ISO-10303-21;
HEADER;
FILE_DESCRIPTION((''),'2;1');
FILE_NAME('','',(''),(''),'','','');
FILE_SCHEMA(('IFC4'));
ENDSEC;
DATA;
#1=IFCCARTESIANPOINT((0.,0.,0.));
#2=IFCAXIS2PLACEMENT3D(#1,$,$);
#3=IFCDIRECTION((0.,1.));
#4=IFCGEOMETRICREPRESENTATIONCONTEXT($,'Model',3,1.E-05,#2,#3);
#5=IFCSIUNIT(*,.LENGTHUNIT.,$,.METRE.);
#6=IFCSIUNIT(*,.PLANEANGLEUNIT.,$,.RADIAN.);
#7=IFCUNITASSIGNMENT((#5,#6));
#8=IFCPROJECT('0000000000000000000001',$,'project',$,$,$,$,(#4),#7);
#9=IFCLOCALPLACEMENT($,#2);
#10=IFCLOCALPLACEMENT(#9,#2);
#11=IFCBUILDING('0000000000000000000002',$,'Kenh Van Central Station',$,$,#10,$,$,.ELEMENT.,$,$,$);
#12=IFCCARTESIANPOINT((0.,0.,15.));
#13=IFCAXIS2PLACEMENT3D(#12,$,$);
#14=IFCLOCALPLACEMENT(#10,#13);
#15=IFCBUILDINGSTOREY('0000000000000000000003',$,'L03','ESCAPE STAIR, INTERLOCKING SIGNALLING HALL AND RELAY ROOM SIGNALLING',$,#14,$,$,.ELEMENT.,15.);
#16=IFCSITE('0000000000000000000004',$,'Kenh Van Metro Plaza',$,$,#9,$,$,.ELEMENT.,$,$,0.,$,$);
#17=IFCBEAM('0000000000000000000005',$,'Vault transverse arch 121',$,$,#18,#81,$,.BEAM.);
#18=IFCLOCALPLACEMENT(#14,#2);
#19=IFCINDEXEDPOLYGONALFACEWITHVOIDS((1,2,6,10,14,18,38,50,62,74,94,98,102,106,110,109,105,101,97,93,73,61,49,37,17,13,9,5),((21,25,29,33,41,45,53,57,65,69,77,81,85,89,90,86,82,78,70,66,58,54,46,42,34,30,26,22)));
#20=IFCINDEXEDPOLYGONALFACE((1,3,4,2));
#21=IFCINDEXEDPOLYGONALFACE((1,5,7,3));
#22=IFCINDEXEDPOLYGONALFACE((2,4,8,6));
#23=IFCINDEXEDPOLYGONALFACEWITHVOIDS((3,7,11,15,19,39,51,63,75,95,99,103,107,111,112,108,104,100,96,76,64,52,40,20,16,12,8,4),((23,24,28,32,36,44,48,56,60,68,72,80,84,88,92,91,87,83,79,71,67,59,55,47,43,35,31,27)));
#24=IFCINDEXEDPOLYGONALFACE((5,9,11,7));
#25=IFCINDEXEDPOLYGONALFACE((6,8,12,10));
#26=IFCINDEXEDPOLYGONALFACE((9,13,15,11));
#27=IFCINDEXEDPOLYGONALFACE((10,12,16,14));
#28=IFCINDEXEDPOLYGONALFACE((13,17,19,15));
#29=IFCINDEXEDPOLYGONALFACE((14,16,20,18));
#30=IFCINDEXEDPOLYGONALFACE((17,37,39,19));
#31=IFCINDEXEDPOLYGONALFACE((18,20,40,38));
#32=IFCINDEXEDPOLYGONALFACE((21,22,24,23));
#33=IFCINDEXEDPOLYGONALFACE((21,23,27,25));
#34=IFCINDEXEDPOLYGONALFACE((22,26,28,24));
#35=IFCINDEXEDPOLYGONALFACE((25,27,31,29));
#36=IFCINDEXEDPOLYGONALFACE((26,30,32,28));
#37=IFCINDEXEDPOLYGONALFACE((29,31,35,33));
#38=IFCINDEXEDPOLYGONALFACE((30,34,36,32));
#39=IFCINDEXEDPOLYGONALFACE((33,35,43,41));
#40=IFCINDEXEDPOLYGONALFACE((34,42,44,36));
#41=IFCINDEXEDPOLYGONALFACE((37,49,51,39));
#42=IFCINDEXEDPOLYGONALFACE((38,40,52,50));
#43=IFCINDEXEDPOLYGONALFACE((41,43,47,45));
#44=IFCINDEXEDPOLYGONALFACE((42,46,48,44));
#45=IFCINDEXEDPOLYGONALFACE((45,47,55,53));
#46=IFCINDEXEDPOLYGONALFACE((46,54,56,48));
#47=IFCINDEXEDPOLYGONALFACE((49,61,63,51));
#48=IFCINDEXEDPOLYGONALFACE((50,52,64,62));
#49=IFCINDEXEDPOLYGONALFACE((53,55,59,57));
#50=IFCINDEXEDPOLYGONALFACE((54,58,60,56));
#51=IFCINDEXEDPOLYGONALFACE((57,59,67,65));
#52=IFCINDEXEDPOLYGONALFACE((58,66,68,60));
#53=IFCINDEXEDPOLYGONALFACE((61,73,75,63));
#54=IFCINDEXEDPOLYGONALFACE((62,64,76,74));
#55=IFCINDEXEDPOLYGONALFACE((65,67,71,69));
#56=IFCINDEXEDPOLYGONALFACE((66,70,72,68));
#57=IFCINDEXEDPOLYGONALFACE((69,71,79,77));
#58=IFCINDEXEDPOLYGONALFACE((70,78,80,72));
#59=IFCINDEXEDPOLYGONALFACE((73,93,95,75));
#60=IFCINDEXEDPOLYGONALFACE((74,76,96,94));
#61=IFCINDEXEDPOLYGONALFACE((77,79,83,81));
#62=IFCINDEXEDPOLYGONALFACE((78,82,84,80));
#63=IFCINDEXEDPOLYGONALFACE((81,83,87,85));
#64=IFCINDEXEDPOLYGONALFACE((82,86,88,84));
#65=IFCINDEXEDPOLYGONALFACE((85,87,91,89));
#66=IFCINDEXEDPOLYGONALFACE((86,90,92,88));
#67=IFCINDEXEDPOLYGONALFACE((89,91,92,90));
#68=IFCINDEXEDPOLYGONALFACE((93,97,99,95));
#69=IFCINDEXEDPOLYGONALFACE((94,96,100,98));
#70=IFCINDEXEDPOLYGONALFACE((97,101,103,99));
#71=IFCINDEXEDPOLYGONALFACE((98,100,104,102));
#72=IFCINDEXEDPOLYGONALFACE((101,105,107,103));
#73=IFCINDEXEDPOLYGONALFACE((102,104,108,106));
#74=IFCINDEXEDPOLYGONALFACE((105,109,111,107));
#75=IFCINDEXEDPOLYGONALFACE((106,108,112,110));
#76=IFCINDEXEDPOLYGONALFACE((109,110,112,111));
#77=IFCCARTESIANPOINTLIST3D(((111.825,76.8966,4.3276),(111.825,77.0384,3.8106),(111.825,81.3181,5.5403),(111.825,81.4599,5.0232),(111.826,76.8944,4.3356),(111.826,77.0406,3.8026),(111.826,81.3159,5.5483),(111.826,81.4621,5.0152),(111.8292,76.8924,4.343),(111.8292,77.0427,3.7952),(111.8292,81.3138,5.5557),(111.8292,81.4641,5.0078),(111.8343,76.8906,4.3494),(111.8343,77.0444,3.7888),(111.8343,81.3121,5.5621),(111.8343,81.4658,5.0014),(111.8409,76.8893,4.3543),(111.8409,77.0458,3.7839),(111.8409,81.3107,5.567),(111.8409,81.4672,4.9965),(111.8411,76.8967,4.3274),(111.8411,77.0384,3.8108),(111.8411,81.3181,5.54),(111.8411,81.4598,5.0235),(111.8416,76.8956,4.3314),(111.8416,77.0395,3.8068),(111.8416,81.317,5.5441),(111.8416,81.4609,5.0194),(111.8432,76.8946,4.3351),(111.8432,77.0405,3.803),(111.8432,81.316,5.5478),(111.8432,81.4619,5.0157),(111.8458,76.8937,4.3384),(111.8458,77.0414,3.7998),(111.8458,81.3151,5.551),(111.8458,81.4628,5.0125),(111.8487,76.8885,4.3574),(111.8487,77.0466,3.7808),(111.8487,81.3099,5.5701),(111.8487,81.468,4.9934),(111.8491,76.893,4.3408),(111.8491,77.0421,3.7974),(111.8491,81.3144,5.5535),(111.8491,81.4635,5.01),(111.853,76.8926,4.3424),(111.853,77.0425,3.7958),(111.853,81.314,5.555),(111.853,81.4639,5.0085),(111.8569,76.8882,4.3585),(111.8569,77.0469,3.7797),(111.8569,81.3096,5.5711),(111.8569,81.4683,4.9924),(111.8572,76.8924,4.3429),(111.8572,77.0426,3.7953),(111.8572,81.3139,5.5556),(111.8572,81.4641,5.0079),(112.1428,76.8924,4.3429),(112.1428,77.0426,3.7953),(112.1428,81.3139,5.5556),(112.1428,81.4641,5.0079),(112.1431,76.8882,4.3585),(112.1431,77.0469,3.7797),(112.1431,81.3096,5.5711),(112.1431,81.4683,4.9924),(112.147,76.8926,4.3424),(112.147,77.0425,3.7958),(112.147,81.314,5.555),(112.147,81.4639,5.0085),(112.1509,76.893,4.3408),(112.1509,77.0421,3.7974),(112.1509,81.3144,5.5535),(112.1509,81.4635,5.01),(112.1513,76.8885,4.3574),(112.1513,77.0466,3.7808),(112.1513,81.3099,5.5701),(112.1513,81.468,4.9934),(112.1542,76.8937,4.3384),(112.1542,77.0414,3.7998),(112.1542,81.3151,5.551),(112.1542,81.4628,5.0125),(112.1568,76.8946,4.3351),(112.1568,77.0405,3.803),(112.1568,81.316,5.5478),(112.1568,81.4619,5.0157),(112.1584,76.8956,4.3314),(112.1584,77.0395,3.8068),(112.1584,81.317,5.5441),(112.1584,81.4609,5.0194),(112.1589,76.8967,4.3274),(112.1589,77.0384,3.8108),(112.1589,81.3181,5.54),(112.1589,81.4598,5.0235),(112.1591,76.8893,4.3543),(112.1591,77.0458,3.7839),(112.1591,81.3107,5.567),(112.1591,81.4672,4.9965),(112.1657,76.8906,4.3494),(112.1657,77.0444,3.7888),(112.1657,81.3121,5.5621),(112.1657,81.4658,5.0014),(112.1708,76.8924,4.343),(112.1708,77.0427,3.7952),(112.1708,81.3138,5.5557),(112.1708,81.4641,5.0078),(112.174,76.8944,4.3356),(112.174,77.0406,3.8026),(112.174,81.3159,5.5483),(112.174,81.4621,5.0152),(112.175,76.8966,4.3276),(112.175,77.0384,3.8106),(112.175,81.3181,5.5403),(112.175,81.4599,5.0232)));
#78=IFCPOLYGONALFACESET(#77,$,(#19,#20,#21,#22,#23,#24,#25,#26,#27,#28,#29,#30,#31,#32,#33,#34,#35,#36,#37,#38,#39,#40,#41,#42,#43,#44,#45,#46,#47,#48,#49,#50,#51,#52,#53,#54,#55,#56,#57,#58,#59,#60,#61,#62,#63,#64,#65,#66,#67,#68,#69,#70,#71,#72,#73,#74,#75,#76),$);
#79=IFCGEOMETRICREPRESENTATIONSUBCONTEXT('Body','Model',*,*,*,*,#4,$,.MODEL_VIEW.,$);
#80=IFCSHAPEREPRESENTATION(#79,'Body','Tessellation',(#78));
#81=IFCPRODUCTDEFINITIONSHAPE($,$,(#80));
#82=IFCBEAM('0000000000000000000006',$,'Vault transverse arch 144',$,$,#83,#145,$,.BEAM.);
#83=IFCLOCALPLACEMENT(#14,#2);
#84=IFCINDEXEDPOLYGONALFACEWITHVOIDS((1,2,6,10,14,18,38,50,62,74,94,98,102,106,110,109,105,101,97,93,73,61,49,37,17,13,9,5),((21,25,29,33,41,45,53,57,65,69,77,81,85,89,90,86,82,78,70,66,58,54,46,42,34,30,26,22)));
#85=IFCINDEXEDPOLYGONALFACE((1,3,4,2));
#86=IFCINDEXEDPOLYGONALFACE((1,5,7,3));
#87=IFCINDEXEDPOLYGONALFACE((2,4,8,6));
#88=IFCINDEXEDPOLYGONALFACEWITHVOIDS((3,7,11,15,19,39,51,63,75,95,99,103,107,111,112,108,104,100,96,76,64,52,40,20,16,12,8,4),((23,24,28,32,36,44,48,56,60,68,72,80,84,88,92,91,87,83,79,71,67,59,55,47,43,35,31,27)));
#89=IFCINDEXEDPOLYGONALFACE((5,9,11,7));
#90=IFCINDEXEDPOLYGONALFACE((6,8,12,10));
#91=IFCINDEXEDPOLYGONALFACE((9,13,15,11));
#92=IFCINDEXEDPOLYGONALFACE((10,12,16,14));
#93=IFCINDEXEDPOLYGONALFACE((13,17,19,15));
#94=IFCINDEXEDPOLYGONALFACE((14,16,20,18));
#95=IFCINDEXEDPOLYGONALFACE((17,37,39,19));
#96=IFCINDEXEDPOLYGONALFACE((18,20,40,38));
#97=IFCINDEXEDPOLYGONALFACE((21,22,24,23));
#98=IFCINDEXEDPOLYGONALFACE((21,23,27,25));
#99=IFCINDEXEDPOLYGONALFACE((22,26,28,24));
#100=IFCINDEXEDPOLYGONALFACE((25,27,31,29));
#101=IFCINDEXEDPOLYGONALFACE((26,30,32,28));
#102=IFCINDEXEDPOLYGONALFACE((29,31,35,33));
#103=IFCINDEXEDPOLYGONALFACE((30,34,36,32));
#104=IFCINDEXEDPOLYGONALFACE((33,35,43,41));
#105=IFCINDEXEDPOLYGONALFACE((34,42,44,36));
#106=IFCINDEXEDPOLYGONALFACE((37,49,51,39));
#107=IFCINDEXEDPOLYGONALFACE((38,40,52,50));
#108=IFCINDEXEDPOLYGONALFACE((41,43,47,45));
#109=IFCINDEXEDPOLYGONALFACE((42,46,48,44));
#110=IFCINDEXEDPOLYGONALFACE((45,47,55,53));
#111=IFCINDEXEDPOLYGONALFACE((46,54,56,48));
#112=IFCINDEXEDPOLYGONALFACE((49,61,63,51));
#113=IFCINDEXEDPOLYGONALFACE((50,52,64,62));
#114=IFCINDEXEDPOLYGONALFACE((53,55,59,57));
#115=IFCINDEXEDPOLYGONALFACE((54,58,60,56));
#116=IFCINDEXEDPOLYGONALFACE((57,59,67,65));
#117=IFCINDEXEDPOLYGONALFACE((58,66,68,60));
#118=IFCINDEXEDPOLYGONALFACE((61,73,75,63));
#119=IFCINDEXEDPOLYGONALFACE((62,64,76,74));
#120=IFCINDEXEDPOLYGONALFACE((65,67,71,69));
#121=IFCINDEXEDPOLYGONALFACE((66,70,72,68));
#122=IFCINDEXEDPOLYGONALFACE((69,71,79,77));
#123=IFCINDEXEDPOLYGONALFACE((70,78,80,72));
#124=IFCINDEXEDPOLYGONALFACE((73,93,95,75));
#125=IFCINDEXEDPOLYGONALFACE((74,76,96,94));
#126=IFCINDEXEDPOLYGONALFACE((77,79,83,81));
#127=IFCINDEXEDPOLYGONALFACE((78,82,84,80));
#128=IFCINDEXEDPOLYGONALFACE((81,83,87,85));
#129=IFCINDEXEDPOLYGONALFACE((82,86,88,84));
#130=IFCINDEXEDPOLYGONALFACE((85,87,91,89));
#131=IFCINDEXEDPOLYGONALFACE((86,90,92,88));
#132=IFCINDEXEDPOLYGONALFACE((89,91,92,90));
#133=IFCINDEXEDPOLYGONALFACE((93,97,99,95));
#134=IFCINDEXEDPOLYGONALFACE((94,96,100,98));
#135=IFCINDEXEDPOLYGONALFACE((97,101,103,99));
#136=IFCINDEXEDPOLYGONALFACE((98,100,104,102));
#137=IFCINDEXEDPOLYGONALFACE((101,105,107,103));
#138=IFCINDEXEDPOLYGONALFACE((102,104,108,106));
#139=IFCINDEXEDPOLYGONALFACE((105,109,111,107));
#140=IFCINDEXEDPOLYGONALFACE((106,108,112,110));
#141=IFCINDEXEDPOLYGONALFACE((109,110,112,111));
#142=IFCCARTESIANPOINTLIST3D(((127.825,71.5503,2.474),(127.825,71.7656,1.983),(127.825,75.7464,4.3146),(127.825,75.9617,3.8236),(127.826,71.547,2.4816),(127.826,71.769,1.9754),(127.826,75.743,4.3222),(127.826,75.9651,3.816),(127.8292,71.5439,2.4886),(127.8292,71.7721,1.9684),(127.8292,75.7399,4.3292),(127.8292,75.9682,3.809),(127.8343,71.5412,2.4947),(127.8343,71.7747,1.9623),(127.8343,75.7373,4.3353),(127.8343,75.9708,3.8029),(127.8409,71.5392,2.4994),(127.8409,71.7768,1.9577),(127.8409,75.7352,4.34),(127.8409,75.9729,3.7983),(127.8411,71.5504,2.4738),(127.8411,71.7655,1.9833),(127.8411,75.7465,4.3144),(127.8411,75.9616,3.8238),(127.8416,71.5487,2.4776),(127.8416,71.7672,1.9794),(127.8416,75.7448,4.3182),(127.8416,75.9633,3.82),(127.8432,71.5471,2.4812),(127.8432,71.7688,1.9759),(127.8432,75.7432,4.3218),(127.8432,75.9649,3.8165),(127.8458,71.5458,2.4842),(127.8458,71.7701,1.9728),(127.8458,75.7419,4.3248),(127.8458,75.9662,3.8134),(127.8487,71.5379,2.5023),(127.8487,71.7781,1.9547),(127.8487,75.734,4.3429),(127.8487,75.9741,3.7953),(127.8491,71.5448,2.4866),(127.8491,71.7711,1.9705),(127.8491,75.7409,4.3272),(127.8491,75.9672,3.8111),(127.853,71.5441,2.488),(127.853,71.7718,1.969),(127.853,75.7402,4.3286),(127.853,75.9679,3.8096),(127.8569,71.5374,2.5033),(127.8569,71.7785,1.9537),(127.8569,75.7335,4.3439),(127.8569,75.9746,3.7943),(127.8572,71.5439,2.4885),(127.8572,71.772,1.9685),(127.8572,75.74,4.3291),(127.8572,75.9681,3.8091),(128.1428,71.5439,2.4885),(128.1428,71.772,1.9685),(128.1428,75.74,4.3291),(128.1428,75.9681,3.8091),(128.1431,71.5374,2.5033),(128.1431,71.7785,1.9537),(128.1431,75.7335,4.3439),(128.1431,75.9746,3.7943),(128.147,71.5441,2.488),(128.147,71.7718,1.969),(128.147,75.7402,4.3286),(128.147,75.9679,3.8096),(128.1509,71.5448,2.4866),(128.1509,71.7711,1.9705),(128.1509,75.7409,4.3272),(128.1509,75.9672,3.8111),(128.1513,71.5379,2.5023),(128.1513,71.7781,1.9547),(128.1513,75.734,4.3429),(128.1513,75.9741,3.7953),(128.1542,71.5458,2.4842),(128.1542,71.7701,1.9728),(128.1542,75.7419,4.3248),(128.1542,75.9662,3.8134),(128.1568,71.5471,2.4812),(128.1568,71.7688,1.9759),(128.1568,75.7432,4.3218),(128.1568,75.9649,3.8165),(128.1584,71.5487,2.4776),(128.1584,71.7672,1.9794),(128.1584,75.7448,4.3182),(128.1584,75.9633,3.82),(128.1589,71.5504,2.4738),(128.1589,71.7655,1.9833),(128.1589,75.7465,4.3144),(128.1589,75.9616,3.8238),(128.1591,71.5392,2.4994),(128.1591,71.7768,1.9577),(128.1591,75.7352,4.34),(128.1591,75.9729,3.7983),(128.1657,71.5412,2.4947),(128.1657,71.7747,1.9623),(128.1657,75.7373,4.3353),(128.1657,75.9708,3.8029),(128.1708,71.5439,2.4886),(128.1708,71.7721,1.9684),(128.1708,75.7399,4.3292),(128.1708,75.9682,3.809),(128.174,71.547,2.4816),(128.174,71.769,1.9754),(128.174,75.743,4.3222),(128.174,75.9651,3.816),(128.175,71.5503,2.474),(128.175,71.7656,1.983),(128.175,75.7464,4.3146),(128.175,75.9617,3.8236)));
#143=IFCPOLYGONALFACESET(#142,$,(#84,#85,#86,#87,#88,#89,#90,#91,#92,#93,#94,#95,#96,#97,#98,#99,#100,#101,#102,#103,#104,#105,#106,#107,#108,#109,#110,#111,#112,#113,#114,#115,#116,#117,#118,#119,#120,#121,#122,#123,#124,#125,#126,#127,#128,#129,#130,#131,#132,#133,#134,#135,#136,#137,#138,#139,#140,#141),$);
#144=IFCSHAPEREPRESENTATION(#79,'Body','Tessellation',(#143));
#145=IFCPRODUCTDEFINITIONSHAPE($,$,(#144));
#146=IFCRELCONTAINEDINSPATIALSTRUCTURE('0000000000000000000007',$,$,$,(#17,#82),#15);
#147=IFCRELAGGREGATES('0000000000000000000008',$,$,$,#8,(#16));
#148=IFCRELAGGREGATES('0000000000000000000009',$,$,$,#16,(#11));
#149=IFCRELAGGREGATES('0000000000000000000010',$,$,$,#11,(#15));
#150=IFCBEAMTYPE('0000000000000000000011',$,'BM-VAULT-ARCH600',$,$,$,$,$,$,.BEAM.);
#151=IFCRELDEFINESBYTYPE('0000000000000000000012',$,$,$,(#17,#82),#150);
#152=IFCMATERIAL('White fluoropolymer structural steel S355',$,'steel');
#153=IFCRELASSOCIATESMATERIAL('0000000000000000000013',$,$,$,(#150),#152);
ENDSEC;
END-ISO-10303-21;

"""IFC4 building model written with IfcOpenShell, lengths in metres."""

from ifc_helpers import new_model, si_unit, direction, frame, origin, origin_2d, place, context, subcontext, project, spatial, hollow_rectangle, extrude, material, material_profile, profile_set, type_object, element, save


model = new_model("IFC4")

# Units and contexts
model_context = context("Model", 3, precision=1e-05, world=origin(), true_north=direction((0.0, 1.0)))
body_context = subcontext(model_context, "Body", "Model", "MODEL_VIEW")
ifc_project = project(units=[si_unit("LENGTHUNIT", "METRE"), si_unit("PLANEANGLEUNIT", "RADIAN")], contexts=[model_context])

# Site, building, storey
site_placement = place(None, origin())
site = spatial("IfcSite", under=ifc_project, at=site_placement, Name="Kenh Van Metro Plaza", CompositionType="ELEMENT", RefElevation=0.0)
building_placement = place(site_placement, origin())
building = spatial("IfcBuilding", under=site, at=building_placement, Name="Kenh Van Central Station", CompositionType="ELEMENT")
storey_placement = place(building_placement, frame((0.0, 0.0, 15.0)))
storey = spatial("IfcBuildingStorey", under=building, at=storey_placement, Name="L03", Description="ESCAPE STAIR, INTERLOCKING SIGNALLING HALL AND RELAY ROOM SIGNALLING", CompositionType="ELEMENT", Elevation=15.0)

# Beams
ifc_material_1 = material(Name="White fluoropolymer structural steel S355", Category="steel")
ifc_material_profile_1 = material_profile(ifc_material_1, hollow_rectangle(XDim=0.3501, YDim=0.6001, WallThickness=0.0161, InnerFilletRadius=0.0161, OuterFilletRadius=0.032, at=origin_2d()), Name="RHS 600x350x16")
ifc_profile_set_1 = profile_set([ifc_material_profile_1], Name="White fluoropolymer structural steel S355")
beam_type_1 = type_object("IfcBeamType", Name="BM-VAULT-ARCH600", PredefinedType="BEAM", material=ifc_profile_set_1)
beam_1_placement = place(storey_placement, frame((112.0, 76.9675, 4.0691), z_axis=(0.0, 0.964386, 0.2645), x_axis=(-1.0, 0.0, 0.0)))
element("IfcBeam", 1, at=beam_1_placement, inside=storey, type_object=beam_type_1, Name="Vault transverse arch 121", PredefinedType="BEAM", context=body_context, shape_type="SweptSolid", body=[
    extrude(hollow_rectangle(XDim=0.3501, YDim=0.6001, WallThickness=0.0161, InnerFilletRadius=0.0161, OuterFilletRadius=0.032, at=origin_2d()), origin(), (0.0, 0.0, 1.0), 4.5847),
])
beam_2_placement = place(storey_placement, frame((128.0, 71.658, 2.2285), z_axis=(0.0, 0.915772, 0.401699), x_axis=(-1.0, 0.0, 0.0)))
element("IfcBeam", 2, at=beam_2_placement, inside=storey, type_object=beam_type_1, Name="Vault transverse arch 144", PredefinedType="BEAM", context=body_context, shape_type="SweptSolid", body=[
    extrude(hollow_rectangle(XDim=0.3501, YDim=0.6001, WallThickness=0.0161, InnerFilletRadius=0.0161, OuterFilletRadius=0.032, at=origin_2d()), origin(), (0.0, 0.0, 1.0), 4.582),
])

save(model, "model.ifc")
